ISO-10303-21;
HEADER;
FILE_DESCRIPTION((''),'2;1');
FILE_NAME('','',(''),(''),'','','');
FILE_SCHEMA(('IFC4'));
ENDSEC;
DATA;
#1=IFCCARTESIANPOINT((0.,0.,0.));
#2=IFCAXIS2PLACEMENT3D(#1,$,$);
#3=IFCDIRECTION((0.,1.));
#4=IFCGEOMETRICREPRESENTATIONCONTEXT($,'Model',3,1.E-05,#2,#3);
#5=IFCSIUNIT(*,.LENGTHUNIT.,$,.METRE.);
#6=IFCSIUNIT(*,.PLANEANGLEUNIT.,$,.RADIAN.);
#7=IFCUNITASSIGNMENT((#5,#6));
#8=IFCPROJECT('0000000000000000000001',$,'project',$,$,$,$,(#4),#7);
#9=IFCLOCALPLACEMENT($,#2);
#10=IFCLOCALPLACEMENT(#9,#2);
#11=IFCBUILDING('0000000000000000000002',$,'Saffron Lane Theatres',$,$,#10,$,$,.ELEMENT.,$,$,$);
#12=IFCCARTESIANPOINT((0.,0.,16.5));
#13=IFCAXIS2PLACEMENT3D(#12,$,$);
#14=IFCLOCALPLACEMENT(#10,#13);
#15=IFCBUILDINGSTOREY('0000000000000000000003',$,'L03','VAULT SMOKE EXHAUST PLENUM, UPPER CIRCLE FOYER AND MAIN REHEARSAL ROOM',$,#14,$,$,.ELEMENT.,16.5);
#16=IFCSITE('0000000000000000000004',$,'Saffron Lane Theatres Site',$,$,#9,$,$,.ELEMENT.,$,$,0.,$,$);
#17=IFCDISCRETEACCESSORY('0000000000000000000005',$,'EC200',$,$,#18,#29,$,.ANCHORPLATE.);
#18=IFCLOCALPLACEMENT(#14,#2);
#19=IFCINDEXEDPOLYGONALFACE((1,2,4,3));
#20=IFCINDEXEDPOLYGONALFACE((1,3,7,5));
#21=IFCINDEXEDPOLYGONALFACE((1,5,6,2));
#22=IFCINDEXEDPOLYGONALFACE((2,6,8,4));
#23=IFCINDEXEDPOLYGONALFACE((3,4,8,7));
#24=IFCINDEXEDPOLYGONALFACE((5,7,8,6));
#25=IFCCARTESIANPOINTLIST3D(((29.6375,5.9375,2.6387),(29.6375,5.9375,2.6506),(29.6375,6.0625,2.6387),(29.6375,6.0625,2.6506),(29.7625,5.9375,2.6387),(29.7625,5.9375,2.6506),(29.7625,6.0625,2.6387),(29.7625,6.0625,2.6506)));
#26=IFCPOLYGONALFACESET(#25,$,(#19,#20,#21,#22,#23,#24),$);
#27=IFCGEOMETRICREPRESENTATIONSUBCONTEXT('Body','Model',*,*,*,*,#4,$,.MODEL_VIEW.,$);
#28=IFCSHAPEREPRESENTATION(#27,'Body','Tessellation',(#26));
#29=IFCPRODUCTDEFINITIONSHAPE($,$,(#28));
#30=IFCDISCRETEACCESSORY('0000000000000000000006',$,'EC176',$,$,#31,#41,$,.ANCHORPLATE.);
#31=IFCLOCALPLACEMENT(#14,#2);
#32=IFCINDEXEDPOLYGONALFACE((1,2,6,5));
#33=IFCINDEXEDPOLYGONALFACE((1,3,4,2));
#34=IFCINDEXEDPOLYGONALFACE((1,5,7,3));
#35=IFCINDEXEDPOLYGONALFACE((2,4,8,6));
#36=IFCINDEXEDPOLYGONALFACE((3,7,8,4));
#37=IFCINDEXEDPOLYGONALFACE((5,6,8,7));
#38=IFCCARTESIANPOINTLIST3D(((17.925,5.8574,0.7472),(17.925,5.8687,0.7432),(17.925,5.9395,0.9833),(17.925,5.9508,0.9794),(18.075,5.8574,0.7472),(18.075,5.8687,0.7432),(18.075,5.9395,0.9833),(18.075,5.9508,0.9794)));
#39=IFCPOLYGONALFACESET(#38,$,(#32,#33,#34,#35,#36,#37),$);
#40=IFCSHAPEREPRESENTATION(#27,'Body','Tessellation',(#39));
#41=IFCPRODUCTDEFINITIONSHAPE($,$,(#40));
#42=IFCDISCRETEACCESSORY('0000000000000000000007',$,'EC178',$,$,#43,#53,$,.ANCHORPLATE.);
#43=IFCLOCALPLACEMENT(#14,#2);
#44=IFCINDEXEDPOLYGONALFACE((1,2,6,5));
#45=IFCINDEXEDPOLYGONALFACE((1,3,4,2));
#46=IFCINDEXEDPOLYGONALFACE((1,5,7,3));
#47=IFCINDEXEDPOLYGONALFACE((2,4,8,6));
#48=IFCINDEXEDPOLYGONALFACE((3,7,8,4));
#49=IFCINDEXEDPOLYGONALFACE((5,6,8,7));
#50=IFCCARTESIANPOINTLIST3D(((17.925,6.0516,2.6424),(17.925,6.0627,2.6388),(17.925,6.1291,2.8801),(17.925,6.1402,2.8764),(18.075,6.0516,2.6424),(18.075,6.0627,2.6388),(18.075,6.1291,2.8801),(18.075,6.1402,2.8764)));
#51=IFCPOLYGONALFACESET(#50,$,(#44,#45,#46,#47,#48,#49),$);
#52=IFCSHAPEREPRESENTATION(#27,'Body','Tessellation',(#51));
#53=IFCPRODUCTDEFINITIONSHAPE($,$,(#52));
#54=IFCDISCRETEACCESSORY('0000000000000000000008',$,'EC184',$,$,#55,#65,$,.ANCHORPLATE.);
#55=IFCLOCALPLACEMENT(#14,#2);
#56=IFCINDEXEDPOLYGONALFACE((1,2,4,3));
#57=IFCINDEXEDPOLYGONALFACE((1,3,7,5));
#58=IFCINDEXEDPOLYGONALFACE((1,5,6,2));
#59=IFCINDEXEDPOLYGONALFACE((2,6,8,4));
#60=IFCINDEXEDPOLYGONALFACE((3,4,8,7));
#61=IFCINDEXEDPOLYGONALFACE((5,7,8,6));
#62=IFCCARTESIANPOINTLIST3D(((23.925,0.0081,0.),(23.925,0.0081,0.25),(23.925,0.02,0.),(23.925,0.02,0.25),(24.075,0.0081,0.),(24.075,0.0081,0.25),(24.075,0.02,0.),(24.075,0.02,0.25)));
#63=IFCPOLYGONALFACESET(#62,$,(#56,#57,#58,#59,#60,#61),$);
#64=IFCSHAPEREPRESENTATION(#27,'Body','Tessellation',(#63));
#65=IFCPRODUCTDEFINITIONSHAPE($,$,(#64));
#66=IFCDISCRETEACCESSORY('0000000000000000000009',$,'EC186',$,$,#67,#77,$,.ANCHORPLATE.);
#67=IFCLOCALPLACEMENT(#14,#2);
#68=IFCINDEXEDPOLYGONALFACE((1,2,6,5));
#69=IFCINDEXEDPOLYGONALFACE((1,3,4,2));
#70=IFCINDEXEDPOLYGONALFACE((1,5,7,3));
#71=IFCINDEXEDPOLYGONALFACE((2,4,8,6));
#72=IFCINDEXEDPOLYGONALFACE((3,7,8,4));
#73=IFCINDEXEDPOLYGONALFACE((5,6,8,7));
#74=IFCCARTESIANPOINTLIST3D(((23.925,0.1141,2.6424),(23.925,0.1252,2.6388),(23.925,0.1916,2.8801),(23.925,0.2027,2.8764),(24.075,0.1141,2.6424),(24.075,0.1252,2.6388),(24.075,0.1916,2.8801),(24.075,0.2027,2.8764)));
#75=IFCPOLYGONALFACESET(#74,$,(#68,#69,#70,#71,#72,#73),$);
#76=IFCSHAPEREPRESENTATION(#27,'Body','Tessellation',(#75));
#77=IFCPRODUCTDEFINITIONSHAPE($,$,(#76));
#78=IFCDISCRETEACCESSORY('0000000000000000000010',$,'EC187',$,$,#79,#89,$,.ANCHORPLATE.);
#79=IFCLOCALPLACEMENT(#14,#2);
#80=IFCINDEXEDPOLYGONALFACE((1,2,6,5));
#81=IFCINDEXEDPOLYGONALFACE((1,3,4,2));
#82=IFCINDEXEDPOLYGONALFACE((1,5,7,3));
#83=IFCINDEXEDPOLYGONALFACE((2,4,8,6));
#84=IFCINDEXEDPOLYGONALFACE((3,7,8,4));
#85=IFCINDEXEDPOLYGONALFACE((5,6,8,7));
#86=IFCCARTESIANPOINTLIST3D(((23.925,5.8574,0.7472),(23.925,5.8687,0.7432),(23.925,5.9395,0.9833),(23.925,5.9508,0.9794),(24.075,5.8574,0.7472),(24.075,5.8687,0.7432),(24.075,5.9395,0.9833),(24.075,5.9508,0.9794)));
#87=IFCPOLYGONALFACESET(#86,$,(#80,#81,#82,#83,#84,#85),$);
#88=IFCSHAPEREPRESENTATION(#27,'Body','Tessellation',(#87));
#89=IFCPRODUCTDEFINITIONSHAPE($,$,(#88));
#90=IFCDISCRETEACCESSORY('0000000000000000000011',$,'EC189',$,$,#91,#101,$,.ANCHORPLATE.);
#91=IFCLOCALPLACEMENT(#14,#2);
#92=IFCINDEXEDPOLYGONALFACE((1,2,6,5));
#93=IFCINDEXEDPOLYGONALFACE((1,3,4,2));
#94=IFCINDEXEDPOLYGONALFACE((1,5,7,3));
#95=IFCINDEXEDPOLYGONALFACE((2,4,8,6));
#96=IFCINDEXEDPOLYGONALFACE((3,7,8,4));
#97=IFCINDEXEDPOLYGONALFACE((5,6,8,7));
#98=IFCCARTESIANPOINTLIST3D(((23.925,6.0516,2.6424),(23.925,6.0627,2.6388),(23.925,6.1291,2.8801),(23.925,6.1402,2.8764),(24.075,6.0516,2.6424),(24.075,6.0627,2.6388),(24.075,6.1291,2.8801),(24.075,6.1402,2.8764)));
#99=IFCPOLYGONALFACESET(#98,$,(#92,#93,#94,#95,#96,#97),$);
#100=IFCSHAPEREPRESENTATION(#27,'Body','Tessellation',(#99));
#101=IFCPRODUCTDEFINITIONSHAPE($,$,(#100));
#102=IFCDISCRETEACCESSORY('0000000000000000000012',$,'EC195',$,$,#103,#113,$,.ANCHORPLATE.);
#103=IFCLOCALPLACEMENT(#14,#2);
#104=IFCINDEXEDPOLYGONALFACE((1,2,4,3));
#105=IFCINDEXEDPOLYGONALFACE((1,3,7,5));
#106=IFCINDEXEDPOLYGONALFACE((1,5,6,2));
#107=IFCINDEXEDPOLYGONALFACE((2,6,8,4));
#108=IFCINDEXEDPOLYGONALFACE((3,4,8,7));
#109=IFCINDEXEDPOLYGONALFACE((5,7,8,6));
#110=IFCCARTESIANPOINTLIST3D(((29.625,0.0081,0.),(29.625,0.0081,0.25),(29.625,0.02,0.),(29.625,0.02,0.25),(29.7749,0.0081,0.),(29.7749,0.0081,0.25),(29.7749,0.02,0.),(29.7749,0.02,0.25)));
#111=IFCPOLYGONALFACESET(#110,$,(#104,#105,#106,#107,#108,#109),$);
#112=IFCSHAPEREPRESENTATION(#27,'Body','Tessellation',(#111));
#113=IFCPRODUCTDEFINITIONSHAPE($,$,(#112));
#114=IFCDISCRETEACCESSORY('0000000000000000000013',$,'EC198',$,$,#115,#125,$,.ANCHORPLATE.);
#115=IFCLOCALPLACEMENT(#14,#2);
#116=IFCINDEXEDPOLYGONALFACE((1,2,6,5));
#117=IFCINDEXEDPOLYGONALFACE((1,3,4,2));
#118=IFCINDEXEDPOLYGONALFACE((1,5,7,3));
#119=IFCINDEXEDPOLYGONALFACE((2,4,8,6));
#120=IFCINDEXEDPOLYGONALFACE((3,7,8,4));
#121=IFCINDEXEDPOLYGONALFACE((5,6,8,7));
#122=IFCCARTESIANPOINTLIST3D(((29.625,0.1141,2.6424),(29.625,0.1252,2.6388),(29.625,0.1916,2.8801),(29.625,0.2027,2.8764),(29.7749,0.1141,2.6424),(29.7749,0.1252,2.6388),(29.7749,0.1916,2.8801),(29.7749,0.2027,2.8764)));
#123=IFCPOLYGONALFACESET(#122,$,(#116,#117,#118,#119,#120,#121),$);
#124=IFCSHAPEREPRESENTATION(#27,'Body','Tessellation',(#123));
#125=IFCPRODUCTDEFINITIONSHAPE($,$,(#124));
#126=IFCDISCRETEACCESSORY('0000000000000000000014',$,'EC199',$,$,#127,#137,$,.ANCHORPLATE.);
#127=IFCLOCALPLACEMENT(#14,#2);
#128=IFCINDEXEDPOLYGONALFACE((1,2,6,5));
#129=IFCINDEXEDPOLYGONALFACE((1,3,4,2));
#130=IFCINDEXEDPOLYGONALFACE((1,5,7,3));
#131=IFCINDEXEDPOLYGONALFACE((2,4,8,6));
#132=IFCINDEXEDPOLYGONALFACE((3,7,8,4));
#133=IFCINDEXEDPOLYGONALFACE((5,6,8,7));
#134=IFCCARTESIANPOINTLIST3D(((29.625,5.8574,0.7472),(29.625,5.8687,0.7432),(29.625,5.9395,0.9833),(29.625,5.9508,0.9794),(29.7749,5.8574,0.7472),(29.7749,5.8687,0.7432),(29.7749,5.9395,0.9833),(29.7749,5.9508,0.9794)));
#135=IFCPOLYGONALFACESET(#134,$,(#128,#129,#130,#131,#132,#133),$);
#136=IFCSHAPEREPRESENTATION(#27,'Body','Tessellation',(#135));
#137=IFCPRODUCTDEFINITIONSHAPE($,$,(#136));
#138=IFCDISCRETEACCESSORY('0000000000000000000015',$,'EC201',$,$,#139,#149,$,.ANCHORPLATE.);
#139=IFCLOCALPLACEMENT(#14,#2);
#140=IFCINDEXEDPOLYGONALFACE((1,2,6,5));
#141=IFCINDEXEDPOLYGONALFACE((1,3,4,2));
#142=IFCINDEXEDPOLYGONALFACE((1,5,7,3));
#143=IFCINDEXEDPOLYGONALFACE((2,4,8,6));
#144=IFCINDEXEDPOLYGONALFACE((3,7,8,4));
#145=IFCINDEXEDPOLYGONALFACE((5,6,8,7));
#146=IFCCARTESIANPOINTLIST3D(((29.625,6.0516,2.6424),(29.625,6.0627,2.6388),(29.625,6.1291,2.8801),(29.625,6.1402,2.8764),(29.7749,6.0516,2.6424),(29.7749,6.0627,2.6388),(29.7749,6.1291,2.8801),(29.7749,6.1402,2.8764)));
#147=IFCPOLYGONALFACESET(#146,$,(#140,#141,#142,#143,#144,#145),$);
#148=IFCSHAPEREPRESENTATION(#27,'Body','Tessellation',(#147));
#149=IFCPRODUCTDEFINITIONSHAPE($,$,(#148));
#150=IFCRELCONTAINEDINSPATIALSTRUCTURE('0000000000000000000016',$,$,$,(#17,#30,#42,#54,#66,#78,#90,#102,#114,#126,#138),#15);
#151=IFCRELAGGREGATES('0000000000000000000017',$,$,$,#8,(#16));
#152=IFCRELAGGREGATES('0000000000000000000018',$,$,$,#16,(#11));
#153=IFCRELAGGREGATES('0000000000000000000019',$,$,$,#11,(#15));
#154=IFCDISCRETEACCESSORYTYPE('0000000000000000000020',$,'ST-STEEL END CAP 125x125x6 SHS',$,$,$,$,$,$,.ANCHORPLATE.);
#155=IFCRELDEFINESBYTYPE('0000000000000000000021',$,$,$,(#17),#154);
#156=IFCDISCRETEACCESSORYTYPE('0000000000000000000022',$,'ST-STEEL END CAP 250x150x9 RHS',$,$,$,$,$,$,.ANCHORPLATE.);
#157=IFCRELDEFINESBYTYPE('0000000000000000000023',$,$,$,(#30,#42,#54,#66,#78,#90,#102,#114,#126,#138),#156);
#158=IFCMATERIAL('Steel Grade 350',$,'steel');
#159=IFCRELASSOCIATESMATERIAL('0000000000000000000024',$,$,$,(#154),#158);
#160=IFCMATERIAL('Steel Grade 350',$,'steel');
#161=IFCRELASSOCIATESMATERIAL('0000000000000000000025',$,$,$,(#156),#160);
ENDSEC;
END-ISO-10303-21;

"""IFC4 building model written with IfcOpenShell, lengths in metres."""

from ifc_helpers import new_model, si_unit, direction, frame, origin, origin_2d, place, context, subcontext, project, spatial, rectangle, extrude, material, material_profile, profile_set, type_object, element, save


model = new_model("IFC4")

# Units and contexts
model_context = context("Model", 3, precision=1e-05, world=origin(), true_north=direction((0.0, 1.0)))
body_context = subcontext(model_context, "Body", "Model", "MODEL_VIEW")
ifc_project = project(units=[si_unit("LENGTHUNIT", "METRE"), si_unit("PLANEANGLEUNIT", "RADIAN")], contexts=[model_context])

# Site, building, storey
site_placement = place(None, origin())
site = spatial("IfcSite", under=ifc_project, at=site_placement, Name="Saffron Lane Theatres Site", CompositionType="ELEMENT", RefElevation=0.0)
building_placement = place(site_placement, origin())
building = spatial("IfcBuilding", under=site, at=building_placement, Name="Saffron Lane Theatres", CompositionType="ELEMENT")
storey_placement = place(building_placement, frame((0.0, 0.0, 16.5)))
storey = spatial("IfcBuildingStorey", under=building, at=storey_placement, Name="L03", Description="VAULT SMOKE EXHAUST PLENUM, UPPER CIRCLE FOYER AND MAIN REHEARSAL ROOM", CompositionType="ELEMENT", Elevation=16.5)

# Discrete accessories
ifc_material_1 = material(Name="Steel Grade 350", Category="steel")
ifc_material_profile_1 = material_profile(ifc_material_1, rectangle(XDim=0.125, YDim=0.125, at=origin_2d()))
ifc_profile_set_1 = profile_set([ifc_material_profile_1], Name="Steel Grade 350")
discrete_accessory_type_1 = type_object("IfcDiscreteAccessoryType", Name="ST-STEEL END CAP 125x125x6 SHS", PredefinedType="ANCHORPLATE", material=ifc_profile_set_1)
for number, where, z_axis, x_axis, name in (
    (1, (29.7, 6.0, 2.6387), (0.0, 0.0, 1.0), (1.0, 0.0, 0.0), "EC200"),
):
    element("IfcDiscreteAccessory", number, at=place(storey_placement, frame(where, z_axis=z_axis, x_axis=x_axis)), inside=storey, type_object=discrete_accessory_type_1, Name=name, PredefinedType="ANCHORPLATE", context=body_context, shape_type="SweptSolid", body=[
        extrude(rectangle(XDim=0.125, YDim=0.125, at=origin_2d()), origin(), (0.0, 0.0, 1.0), 0.012),
    ])
ifc_material_2 = material(Name="Steel Grade 350", Category="steel")
ifc_material_profile_2 = material_profile(ifc_material_2, rectangle(XDim=0.1499, YDim=0.25, at=origin_2d()))
ifc_profile_set_2 = profile_set([ifc_material_profile_2], Name="Steel Grade 350")
discrete_accessory_type_2 = type_object("IfcDiscreteAccessoryType", Name="ST-STEEL END CAP 250x150x9 RHS", PredefinedType="ANCHORPLATE", material=ifc_profile_set_2)
discrete_accessory_1_placement = place(storey_placement, frame((18.0, 5.8984, 0.8652), z_axis=(0.0, 0.944497, -0.328521), x_axis=(-1.0, 0.0, 0.0)))
element("IfcDiscreteAccessory", 2, at=discrete_accessory_1_placement, inside=storey, type_object=discrete_accessory_type_2, Name="EC176", PredefinedType="ANCHORPLATE", context=body_context, shape_type="SweptSolid", body=[
    extrude(rectangle(XDim=0.1499, YDim=0.25, at=origin_2d()), origin(), (0.0, 0.0, 1.0), 0.012),
])
discrete_accessory_2_placement = place(storey_placement, frame((18.0, 6.0903, 2.7612), z_axis=(0.0, 0.95073, -0.310021), x_axis=(-1.0, 0.0, 0.0)))
element("IfcDiscreteAccessory", 3, at=discrete_accessory_2_placement, inside=storey, type_object=discrete_accessory_type_2, Name="EC178", PredefinedType="ANCHORPLATE", context=body_context, shape_type="SweptSolid", body=[
    extrude(rectangle(XDim=0.1499, YDim=0.25, at=origin_2d()), origin(), (0.0, 0.0, 1.0), 0.0117),
])
discrete_accessory_3_placement = place(storey_placement, frame((24.0, 0.0081, 0.125), z_axis=(0.0, 1.0, 0.0), x_axis=(-1.0, 0.0, 0.0)))
element("IfcDiscreteAccessory", 4, at=discrete_accessory_3_placement, inside=storey, type_object=discrete_accessory_type_2, Name="EC184", PredefinedType="ANCHORPLATE", context=body_context, shape_type="SweptSolid", body=[
    extrude(rectangle(XDim=0.1499, YDim=0.25, at=origin_2d()), origin(), (0.0, 0.0, 1.0), 0.012),
])
discrete_accessory_4_placement = place(storey_placement, frame((24.0, 0.1528, 2.7612), z_axis=(0.0, 0.95073, -0.310021), x_axis=(-1.0, 0.0, 0.0)))
element("IfcDiscreteAccessory", 5, at=discrete_accessory_4_placement, inside=storey, type_object=discrete_accessory_type_2, Name="EC186", PredefinedType="ANCHORPLATE", context=body_context, shape_type="SweptSolid", body=[
    extrude(rectangle(XDim=0.1499, YDim=0.25, at=origin_2d()), origin(), (0.0, 0.0, 1.0), 0.0117),
])
discrete_accessory_5_placement = place(storey_placement, frame((24.0, 5.8984, 0.8652), z_axis=(0.0, 0.944497, -0.328521), x_axis=(-1.0, 0.0, 0.0)))
element("IfcDiscreteAccessory", 6, at=discrete_accessory_5_placement, inside=storey, type_object=discrete_accessory_type_2, Name="EC187", PredefinedType="ANCHORPLATE", context=body_context, shape_type="SweptSolid", body=[
    extrude(rectangle(XDim=0.1499, YDim=0.25, at=origin_2d()), origin(), (0.0, 0.0, 1.0), 0.012),
])
discrete_accessory_6_placement = place(storey_placement, frame((24.0, 6.0903, 2.7612), z_axis=(0.0, 0.95073, -0.310021), x_axis=(-1.0, 0.0, 0.0)))
element("IfcDiscreteAccessory", 7, at=discrete_accessory_6_placement, inside=storey, type_object=discrete_accessory_type_2, Name="EC189", PredefinedType="ANCHORPLATE", context=body_context, shape_type="SweptSolid", body=[
    extrude(rectangle(XDim=0.1499, YDim=0.25, at=origin_2d()), origin(), (0.0, 0.0, 1.0), 0.0117),
])
discrete_accessory_7_placement = place(storey_placement, frame((29.7, 0.0081, 0.125), z_axis=(0.0, 1.0, 0.0), x_axis=(-1.0, 0.0, 0.0)))
element("IfcDiscreteAccessory", 8, at=discrete_accessory_7_placement, inside=storey, type_object=discrete_accessory_type_2, Name="EC195", PredefinedType="ANCHORPLATE", context=body_context, shape_type="SweptSolid", body=[
    extrude(rectangle(XDim=0.1499, YDim=0.25, at=origin_2d()), origin(), (0.0, 0.0, 1.0), 0.012),
])
discrete_accessory_8_placement = place(storey_placement, frame((29.7, 0.1528, 2.7612), z_axis=(0.0, 0.95073, -0.310021), x_axis=(-1.0, 0.0, 0.0)))
element("IfcDiscreteAccessory", 9, at=discrete_accessory_8_placement, inside=storey, type_object=discrete_accessory_type_2, Name="EC198", PredefinedType="ANCHORPLATE", context=body_context, shape_type="SweptSolid", body=[
    extrude(rectangle(XDim=0.1499, YDim=0.25, at=origin_2d()), origin(), (0.0, 0.0, 1.0), 0.0117),
])
discrete_accessory_9_placement = place(storey_placement, frame((29.7, 5.8984, 0.8652), z_axis=(0.0, 0.944497, -0.328521), x_axis=(-1.0, 0.0, 0.0)))
element("IfcDiscreteAccessory", 10, at=discrete_accessory_9_placement, inside=storey, type_object=discrete_accessory_type_2, Name="EC199", PredefinedType="ANCHORPLATE", context=body_context, shape_type="SweptSolid", body=[
    extrude(rectangle(XDim=0.1499, YDim=0.25, at=origin_2d()), origin(), (0.0, 0.0, 1.0), 0.012),
])
discrete_accessory_10_placement = place(storey_placement, frame((29.7, 6.0903, 2.7612), z_axis=(0.0, 0.95073, -0.310021), x_axis=(-1.0, 0.0, 0.0)))
element("IfcDiscreteAccessory", 11, at=discrete_accessory_10_placement, inside=storey, type_object=discrete_accessory_type_2, Name="EC201", PredefinedType="ANCHORPLATE", context=body_context, shape_type="SweptSolid", body=[
    extrude(rectangle(XDim=0.1499, YDim=0.25, at=origin_2d()), origin(), (0.0, 0.0, 1.0), 0.0117),
])

save(model, "model.ifc")
